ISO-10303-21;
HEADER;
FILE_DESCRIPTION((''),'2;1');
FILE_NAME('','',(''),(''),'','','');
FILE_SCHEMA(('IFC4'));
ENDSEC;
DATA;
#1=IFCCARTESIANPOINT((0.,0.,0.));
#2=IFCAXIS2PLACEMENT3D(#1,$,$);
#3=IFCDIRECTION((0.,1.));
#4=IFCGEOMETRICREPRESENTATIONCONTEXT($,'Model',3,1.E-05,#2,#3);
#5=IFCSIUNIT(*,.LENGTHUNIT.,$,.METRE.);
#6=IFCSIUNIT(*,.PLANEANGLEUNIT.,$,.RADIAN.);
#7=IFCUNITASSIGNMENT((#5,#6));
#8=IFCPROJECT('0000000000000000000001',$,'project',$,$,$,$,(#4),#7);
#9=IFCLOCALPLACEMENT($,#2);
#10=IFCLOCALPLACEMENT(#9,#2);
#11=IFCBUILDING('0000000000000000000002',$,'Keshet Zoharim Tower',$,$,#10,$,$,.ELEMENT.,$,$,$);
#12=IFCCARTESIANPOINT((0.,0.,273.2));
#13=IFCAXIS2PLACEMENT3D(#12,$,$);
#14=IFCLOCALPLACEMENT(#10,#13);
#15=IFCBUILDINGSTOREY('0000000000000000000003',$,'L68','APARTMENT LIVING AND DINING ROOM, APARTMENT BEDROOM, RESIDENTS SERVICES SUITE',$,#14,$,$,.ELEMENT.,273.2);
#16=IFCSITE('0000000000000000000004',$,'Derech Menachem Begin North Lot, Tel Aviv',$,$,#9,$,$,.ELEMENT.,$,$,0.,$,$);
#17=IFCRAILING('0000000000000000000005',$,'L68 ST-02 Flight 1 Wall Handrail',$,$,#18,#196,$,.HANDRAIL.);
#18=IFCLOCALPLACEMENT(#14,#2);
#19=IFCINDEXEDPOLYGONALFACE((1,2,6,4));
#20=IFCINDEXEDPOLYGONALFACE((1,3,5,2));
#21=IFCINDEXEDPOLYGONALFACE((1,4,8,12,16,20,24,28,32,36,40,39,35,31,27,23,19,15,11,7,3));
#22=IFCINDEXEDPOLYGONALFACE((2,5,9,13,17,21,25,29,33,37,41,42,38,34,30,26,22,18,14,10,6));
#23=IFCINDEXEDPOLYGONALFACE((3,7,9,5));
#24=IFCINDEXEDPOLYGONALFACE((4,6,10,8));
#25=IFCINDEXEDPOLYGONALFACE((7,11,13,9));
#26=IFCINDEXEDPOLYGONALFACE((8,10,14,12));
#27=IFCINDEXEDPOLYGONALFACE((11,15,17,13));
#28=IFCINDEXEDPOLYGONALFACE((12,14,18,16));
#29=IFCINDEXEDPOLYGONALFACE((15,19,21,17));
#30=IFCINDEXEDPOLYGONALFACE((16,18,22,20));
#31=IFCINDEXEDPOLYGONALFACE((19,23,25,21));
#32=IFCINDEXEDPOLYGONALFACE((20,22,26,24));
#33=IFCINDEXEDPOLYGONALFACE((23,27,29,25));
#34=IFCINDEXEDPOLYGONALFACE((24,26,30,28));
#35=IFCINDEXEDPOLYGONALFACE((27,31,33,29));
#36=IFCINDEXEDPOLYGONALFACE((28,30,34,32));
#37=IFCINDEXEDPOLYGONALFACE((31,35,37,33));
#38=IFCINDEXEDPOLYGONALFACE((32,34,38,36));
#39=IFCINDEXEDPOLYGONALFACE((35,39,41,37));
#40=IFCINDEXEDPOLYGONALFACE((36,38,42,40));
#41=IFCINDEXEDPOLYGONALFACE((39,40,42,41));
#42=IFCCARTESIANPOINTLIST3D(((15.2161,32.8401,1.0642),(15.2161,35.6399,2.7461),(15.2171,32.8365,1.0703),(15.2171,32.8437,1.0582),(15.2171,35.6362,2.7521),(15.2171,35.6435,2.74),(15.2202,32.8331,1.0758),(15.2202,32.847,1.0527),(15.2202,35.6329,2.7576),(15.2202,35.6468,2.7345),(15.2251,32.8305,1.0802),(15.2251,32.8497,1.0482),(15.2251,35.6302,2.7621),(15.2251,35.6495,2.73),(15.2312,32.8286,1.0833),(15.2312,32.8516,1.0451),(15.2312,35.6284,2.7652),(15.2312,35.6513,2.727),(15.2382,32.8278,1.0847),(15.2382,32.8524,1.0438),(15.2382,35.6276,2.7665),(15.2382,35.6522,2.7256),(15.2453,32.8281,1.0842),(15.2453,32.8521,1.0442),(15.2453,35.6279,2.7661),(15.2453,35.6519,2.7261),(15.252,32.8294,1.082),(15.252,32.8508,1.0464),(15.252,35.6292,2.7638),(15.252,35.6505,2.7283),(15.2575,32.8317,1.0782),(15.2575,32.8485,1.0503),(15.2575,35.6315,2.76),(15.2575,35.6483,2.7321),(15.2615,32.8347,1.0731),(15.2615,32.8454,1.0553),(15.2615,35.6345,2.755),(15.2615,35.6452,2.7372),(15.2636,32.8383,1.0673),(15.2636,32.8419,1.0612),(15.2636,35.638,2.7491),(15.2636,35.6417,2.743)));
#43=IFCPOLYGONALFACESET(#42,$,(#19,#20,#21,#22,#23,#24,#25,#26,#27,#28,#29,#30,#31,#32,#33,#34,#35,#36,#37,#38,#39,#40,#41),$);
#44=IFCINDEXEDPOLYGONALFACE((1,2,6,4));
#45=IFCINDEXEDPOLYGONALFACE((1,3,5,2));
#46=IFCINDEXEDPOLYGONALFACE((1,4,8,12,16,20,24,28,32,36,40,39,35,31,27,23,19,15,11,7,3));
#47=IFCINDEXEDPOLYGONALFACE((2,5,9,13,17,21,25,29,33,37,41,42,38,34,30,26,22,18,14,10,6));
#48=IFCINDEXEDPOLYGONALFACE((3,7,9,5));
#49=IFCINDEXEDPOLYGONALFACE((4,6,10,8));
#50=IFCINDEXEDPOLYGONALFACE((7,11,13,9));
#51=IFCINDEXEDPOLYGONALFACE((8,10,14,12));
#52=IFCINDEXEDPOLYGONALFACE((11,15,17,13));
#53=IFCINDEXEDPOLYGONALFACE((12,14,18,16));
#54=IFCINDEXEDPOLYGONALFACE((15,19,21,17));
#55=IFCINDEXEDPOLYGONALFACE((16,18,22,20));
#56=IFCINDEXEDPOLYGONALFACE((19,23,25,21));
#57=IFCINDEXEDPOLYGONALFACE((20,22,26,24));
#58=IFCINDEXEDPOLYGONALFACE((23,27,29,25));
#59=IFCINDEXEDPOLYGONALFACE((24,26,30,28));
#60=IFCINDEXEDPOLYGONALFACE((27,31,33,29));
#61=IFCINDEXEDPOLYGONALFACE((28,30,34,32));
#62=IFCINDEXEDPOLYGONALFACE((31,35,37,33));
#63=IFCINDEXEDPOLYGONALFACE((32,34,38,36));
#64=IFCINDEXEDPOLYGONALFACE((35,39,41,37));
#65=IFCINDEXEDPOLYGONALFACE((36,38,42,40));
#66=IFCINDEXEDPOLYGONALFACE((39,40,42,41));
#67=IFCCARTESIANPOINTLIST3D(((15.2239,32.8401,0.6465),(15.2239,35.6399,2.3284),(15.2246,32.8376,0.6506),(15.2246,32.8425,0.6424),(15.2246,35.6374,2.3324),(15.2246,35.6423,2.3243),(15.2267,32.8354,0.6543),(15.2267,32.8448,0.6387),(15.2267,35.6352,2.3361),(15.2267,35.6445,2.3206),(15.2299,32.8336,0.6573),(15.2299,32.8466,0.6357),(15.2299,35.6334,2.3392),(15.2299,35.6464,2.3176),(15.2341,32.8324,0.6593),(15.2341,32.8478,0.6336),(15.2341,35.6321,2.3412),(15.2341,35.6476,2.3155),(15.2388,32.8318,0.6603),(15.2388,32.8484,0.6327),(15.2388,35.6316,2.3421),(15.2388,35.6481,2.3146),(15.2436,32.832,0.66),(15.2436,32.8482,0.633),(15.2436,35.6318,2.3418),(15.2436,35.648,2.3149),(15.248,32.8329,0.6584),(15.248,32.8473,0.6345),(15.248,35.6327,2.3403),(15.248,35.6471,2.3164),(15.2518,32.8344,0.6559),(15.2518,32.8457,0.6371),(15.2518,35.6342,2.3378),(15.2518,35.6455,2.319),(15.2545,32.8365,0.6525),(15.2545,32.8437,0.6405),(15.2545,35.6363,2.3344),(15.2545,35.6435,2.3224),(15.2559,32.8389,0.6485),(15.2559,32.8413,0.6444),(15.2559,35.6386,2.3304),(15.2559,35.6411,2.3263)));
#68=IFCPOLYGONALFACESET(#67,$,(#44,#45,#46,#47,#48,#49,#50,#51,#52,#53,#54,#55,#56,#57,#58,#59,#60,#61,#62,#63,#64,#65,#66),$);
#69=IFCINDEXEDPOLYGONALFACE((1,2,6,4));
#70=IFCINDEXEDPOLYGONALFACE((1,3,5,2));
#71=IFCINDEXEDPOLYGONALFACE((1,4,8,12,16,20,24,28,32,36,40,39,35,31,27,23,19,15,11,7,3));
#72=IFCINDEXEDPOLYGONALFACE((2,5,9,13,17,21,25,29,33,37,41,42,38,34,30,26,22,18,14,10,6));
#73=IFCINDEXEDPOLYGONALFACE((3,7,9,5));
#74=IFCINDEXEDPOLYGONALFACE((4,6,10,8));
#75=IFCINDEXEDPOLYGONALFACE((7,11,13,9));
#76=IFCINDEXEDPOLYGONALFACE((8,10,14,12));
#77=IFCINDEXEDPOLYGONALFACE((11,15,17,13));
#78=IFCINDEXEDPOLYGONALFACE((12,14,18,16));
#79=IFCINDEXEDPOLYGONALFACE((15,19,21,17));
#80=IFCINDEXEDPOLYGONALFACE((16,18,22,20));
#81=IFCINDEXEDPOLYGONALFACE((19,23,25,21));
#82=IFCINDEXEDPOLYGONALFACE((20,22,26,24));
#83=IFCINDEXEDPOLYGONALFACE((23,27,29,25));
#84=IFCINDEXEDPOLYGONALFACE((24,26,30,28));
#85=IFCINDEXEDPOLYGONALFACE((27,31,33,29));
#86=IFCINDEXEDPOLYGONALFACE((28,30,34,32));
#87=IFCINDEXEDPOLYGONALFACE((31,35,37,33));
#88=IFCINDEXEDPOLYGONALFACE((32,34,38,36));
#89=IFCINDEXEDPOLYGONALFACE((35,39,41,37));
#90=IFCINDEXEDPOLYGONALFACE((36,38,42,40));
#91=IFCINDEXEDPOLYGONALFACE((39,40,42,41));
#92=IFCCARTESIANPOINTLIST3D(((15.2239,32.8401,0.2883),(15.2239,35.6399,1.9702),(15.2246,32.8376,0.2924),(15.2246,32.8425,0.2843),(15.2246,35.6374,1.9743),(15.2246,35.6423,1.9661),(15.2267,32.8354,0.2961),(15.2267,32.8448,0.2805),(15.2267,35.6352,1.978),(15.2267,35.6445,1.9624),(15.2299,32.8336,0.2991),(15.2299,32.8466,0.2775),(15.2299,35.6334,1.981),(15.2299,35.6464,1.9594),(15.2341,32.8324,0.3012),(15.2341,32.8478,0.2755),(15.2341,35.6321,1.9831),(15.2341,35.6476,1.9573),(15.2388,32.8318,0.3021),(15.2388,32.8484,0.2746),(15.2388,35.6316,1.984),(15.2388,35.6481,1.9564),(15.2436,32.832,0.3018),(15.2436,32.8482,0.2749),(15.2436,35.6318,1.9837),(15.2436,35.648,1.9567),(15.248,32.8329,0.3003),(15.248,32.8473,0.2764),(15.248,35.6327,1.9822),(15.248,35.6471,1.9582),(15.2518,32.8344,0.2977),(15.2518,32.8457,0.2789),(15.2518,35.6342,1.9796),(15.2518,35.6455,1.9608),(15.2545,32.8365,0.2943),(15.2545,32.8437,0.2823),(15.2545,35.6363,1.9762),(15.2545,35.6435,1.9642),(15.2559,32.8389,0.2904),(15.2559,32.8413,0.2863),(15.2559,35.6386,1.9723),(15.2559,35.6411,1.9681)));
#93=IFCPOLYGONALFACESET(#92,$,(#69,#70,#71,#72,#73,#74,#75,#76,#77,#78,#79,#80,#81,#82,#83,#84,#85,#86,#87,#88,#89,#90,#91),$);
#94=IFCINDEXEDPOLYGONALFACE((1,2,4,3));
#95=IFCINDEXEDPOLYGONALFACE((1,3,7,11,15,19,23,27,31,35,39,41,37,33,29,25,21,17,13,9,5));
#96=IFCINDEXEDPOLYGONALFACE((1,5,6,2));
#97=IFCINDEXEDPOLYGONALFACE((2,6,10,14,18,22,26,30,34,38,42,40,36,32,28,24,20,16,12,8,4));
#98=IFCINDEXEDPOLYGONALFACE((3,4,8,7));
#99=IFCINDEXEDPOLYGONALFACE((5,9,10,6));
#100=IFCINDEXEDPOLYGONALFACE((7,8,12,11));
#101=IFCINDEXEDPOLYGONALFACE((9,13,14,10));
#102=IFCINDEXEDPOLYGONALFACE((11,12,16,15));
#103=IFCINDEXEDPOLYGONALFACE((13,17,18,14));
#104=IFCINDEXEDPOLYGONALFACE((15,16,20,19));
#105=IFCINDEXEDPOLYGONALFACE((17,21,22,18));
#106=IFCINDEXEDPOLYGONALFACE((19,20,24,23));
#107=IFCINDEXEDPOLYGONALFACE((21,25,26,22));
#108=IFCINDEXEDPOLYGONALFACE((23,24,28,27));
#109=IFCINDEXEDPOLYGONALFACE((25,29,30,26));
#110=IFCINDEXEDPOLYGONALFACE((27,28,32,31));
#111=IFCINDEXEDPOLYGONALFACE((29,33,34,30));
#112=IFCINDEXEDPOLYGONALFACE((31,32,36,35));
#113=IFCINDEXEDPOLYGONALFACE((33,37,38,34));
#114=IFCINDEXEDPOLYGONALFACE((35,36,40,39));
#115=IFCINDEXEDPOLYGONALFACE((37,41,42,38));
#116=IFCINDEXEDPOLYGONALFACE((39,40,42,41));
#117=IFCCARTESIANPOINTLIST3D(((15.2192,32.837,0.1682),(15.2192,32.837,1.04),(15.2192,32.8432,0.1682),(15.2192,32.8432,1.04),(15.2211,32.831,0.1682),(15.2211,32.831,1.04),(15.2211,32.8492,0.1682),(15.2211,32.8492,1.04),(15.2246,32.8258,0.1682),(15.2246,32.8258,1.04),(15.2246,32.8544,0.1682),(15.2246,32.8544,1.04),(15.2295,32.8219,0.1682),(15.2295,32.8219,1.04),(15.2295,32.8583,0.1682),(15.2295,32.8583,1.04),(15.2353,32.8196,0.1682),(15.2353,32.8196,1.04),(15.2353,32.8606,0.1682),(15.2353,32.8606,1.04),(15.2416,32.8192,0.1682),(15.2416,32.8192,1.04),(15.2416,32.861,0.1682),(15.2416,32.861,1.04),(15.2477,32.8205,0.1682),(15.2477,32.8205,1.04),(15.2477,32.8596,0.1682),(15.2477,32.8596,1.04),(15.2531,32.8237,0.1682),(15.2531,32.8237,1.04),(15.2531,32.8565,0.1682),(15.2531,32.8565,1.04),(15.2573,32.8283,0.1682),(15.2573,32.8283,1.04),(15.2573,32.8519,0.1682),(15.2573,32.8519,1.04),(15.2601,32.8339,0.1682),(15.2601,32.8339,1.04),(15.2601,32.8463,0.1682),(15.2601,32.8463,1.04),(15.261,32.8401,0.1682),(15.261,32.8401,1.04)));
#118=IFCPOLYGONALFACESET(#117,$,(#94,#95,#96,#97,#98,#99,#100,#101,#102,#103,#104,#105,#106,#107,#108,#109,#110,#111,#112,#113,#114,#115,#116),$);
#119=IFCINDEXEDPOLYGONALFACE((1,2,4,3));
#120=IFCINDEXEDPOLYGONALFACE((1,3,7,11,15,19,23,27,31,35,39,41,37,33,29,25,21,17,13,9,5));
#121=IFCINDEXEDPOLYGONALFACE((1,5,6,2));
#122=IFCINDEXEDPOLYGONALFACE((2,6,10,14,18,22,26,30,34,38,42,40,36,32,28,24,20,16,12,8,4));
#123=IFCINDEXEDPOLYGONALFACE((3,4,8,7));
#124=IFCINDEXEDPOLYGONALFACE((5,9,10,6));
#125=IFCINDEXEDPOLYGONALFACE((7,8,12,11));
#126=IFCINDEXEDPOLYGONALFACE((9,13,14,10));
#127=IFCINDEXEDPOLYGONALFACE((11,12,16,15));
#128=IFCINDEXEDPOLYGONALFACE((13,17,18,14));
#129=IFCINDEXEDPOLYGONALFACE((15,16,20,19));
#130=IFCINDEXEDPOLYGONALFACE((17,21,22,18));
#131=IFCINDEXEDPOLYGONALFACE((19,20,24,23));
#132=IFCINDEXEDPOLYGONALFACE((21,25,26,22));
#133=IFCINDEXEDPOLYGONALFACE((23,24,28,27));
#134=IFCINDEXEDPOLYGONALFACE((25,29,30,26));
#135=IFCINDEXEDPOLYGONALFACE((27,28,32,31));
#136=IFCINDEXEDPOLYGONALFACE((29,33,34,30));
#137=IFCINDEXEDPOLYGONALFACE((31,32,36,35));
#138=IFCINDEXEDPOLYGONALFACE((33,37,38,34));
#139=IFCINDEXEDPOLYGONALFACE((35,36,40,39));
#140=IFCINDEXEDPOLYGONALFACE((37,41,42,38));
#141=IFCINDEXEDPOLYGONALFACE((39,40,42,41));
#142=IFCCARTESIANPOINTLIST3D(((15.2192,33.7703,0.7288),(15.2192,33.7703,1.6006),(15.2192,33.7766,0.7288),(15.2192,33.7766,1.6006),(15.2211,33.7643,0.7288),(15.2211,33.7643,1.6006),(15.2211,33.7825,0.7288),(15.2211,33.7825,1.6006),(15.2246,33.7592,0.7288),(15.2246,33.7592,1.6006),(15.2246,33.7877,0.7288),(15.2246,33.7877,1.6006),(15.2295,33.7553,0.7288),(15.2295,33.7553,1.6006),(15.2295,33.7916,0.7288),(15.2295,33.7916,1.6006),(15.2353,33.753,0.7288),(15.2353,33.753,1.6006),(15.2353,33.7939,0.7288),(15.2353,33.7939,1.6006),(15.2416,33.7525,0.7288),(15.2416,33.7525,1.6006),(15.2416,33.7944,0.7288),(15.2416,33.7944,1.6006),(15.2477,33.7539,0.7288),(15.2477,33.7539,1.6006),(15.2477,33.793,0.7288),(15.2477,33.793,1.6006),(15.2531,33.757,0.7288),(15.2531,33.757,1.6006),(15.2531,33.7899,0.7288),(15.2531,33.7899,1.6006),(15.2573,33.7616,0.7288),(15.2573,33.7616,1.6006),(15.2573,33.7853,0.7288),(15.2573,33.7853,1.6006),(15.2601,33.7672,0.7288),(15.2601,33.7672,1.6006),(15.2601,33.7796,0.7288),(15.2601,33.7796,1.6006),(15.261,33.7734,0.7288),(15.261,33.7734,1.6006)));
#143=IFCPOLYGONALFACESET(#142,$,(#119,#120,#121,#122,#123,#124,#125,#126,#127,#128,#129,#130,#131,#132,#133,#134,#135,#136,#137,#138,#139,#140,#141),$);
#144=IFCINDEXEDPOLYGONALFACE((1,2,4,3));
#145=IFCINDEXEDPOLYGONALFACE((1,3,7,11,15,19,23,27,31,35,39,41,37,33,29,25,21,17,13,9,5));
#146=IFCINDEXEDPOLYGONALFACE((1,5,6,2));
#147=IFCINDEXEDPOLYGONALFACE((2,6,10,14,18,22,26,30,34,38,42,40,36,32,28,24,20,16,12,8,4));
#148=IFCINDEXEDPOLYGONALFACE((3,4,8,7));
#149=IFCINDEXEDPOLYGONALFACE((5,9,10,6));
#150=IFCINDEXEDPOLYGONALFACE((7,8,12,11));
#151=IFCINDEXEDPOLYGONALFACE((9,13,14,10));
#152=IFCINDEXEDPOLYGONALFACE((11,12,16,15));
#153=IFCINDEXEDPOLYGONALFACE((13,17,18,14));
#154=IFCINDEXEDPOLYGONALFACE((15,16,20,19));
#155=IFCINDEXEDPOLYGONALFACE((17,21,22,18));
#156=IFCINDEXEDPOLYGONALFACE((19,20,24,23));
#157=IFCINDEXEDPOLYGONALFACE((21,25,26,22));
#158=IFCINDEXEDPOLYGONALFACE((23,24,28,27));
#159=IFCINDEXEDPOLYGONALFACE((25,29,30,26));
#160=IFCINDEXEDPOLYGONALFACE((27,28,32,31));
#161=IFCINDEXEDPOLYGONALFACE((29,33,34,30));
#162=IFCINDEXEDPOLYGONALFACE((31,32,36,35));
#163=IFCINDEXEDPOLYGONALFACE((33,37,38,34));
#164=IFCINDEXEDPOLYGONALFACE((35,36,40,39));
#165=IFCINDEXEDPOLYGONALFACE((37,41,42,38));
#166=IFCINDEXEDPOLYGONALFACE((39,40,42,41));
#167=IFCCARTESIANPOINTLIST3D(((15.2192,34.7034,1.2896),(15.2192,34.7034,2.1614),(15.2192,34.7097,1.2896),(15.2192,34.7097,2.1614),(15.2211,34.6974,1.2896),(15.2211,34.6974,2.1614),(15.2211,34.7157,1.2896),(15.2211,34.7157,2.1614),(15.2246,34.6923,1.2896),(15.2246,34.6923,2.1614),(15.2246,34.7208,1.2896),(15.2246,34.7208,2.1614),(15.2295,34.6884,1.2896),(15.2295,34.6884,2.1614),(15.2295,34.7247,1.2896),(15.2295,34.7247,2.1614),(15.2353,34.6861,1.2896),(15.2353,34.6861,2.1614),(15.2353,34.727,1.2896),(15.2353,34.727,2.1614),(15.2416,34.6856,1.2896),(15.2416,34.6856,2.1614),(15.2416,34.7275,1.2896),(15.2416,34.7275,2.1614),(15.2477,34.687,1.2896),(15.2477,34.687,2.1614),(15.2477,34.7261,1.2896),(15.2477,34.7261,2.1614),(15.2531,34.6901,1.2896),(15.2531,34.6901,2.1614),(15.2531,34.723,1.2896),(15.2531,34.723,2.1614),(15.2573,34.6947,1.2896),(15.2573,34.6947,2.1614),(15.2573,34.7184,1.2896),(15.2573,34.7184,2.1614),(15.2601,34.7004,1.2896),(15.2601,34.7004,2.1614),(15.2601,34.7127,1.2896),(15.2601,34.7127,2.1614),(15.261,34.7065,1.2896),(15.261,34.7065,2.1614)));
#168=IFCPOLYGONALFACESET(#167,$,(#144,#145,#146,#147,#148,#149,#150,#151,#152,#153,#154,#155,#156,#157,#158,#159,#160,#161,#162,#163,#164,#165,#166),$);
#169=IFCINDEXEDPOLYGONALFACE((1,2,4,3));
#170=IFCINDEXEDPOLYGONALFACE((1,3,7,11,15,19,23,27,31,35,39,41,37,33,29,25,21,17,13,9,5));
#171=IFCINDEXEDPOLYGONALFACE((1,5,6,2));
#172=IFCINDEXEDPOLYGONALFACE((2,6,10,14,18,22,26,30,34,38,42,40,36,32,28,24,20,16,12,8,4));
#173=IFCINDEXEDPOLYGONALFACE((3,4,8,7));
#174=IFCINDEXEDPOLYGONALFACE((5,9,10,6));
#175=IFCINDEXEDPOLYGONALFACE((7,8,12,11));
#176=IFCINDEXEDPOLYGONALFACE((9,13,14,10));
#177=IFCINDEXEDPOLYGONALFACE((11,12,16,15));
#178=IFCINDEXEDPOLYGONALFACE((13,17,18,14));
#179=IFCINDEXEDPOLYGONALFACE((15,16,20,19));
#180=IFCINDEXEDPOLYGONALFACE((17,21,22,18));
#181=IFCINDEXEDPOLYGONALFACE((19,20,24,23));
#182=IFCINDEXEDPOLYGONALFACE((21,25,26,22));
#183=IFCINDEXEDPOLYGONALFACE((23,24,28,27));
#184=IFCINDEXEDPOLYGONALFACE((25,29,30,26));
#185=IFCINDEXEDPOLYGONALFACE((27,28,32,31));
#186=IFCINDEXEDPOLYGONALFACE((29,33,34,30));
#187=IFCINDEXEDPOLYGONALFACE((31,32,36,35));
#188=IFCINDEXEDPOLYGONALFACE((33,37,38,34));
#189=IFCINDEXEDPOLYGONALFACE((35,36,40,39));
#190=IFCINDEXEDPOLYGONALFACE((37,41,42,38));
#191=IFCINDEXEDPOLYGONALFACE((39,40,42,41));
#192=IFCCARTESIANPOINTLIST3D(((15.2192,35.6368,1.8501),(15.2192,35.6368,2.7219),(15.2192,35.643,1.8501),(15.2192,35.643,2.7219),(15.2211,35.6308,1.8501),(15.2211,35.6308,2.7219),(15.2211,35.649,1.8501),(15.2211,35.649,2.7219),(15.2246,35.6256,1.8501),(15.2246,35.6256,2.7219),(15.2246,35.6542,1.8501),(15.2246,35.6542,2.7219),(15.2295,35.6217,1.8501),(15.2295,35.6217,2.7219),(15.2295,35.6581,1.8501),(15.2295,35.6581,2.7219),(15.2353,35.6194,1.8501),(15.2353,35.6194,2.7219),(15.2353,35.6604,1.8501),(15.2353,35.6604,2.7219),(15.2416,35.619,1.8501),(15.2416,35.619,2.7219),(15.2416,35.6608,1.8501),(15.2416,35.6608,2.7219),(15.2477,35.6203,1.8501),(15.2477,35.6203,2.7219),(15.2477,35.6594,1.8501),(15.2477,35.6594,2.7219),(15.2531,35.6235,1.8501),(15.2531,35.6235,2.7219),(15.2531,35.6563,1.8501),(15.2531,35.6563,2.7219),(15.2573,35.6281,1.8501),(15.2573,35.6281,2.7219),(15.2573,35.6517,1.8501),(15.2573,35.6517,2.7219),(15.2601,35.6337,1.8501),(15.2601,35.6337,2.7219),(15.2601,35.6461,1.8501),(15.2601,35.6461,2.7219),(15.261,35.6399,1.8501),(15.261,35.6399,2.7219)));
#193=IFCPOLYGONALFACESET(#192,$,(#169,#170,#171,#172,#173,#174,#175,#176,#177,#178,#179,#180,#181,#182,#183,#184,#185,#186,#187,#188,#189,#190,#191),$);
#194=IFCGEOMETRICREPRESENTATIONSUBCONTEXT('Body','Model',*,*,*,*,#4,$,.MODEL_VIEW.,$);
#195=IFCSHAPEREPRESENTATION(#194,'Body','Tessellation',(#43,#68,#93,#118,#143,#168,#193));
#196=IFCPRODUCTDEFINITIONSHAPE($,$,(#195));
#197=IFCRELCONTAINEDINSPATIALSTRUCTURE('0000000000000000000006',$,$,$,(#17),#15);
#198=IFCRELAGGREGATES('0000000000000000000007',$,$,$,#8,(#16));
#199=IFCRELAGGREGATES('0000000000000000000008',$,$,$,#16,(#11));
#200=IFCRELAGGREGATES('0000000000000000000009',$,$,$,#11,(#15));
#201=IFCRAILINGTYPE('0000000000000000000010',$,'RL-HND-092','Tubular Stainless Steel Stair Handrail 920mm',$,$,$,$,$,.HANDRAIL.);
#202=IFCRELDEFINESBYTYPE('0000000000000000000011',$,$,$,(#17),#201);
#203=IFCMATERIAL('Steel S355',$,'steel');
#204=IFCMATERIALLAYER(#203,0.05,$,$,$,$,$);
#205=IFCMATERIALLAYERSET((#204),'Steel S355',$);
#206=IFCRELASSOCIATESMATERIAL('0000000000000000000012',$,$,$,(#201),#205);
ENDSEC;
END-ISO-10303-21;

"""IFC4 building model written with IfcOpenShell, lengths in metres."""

from ifc_helpers import new_model, si_unit, direction, frame, origin, origin_2d, place, context, subcontext, project, spatial, circle, extrude, material, layer, layer_set, type_object, element, save


model = new_model("IFC4")

# Units and contexts
model_context = context("Model", 3, precision=1e-05, world=origin(), true_north=direction((0.0, 1.0)))
body_context = subcontext(model_context, "Body", "Model", "MODEL_VIEW")
ifc_project = project(units=[si_unit("LENGTHUNIT", "METRE"), si_unit("PLANEANGLEUNIT", "RADIAN")], contexts=[model_context])

# Site, building, storey
site_placement = place(None, origin())
site = spatial("IfcSite", under=ifc_project, at=site_placement, Name="Derech Menachem Begin North Lot, Tel Aviv", CompositionType="ELEMENT", RefElevation=0.0)
building_placement = place(site_placement, origin())
building = spatial("IfcBuilding", under=site, at=building_placement, Name="Keshet Zoharim Tower", CompositionType="ELEMENT")
storey_placement = place(building_placement, frame((0.0, 0.0, 273.2)))
storey = spatial("IfcBuildingStorey", under=building, at=storey_placement, Name="L68", Description="APARTMENT LIVING AND DINING ROOM, APARTMENT BEDROOM, RESIDENTS SERVICES SUITE", CompositionType="ELEMENT", Elevation=273.2)

# Shared definitions
ifc_material_1 = material(Name="Steel S355", Category="steel")

# Railing
ifc_layer_1 = layer(ifc_material_1, 0.05)
ifc_layer_set_1 = layer_set([ifc_layer_1], Name="Steel S355")
railing_type_1 = type_object("IfcRailingType", Name="RL-HND-092", Description="Tubular Stainless Steel Stair Handrail 920mm", PredefinedType="HANDRAIL", material=ifc_layer_set_1)
railing_1_placement = place(storey_placement, frame((15.24, 32.8401, 0.1682)))
element("IfcRailing", 1, at=railing_1_placement, inside=storey, type_object=railing_type_1, Name="L68 ST-02 Flight 1 Wall Handrail", PredefinedType="HANDRAIL", context=body_context, shape_type="SweptSolid", body=[
    extrude(circle(Radius=0.0239, at=origin_2d()), frame((0.0, 0.0, 0.896), z_axis=(0.0, 0.857222, 0.514946), x_axis=(-1.0, 0.0, 0.0)), (0.0, 0.0, 1.0), 3.2661),
    extrude(circle(Radius=0.0161, at=origin_2d()), frame((0.0, 0.0, 0.4783), z_axis=(0.0, 0.857222, 0.514946), x_axis=(-1.0, 0.0, 0.0)), (0.0, 0.0, 1.0), 3.2661),
    extrude(circle(Radius=0.0161, at=origin_2d()), frame((0.0, 0.0, 0.1201), z_axis=(0.0, 0.857222, 0.514946), x_axis=(-1.0, 0.0, 0.0)), (0.0, 0.0, 1.0), 3.2661),
    extrude(circle(Radius=0.021, at=origin_2d()), origin(), (0.0, 0.0, 1.0), 0.8718),
    extrude(circle(Radius=0.021, at=origin_2d()), frame((0.0, 0.9333, 0.5605)), (0.0, 0.0, 1.0), 0.8718),
    extrude(circle(Radius=0.021, at=origin_2d()), frame((0.0, 1.8665, 1.1213)), (0.0, 0.0, 1.0), 0.8718),
    extrude(circle(Radius=0.021, at=origin_2d()), frame((0.0, 2.7998, 1.6819)), (0.0, 0.0, 1.0), 0.8718),
])

save(model, "model.ifc")
